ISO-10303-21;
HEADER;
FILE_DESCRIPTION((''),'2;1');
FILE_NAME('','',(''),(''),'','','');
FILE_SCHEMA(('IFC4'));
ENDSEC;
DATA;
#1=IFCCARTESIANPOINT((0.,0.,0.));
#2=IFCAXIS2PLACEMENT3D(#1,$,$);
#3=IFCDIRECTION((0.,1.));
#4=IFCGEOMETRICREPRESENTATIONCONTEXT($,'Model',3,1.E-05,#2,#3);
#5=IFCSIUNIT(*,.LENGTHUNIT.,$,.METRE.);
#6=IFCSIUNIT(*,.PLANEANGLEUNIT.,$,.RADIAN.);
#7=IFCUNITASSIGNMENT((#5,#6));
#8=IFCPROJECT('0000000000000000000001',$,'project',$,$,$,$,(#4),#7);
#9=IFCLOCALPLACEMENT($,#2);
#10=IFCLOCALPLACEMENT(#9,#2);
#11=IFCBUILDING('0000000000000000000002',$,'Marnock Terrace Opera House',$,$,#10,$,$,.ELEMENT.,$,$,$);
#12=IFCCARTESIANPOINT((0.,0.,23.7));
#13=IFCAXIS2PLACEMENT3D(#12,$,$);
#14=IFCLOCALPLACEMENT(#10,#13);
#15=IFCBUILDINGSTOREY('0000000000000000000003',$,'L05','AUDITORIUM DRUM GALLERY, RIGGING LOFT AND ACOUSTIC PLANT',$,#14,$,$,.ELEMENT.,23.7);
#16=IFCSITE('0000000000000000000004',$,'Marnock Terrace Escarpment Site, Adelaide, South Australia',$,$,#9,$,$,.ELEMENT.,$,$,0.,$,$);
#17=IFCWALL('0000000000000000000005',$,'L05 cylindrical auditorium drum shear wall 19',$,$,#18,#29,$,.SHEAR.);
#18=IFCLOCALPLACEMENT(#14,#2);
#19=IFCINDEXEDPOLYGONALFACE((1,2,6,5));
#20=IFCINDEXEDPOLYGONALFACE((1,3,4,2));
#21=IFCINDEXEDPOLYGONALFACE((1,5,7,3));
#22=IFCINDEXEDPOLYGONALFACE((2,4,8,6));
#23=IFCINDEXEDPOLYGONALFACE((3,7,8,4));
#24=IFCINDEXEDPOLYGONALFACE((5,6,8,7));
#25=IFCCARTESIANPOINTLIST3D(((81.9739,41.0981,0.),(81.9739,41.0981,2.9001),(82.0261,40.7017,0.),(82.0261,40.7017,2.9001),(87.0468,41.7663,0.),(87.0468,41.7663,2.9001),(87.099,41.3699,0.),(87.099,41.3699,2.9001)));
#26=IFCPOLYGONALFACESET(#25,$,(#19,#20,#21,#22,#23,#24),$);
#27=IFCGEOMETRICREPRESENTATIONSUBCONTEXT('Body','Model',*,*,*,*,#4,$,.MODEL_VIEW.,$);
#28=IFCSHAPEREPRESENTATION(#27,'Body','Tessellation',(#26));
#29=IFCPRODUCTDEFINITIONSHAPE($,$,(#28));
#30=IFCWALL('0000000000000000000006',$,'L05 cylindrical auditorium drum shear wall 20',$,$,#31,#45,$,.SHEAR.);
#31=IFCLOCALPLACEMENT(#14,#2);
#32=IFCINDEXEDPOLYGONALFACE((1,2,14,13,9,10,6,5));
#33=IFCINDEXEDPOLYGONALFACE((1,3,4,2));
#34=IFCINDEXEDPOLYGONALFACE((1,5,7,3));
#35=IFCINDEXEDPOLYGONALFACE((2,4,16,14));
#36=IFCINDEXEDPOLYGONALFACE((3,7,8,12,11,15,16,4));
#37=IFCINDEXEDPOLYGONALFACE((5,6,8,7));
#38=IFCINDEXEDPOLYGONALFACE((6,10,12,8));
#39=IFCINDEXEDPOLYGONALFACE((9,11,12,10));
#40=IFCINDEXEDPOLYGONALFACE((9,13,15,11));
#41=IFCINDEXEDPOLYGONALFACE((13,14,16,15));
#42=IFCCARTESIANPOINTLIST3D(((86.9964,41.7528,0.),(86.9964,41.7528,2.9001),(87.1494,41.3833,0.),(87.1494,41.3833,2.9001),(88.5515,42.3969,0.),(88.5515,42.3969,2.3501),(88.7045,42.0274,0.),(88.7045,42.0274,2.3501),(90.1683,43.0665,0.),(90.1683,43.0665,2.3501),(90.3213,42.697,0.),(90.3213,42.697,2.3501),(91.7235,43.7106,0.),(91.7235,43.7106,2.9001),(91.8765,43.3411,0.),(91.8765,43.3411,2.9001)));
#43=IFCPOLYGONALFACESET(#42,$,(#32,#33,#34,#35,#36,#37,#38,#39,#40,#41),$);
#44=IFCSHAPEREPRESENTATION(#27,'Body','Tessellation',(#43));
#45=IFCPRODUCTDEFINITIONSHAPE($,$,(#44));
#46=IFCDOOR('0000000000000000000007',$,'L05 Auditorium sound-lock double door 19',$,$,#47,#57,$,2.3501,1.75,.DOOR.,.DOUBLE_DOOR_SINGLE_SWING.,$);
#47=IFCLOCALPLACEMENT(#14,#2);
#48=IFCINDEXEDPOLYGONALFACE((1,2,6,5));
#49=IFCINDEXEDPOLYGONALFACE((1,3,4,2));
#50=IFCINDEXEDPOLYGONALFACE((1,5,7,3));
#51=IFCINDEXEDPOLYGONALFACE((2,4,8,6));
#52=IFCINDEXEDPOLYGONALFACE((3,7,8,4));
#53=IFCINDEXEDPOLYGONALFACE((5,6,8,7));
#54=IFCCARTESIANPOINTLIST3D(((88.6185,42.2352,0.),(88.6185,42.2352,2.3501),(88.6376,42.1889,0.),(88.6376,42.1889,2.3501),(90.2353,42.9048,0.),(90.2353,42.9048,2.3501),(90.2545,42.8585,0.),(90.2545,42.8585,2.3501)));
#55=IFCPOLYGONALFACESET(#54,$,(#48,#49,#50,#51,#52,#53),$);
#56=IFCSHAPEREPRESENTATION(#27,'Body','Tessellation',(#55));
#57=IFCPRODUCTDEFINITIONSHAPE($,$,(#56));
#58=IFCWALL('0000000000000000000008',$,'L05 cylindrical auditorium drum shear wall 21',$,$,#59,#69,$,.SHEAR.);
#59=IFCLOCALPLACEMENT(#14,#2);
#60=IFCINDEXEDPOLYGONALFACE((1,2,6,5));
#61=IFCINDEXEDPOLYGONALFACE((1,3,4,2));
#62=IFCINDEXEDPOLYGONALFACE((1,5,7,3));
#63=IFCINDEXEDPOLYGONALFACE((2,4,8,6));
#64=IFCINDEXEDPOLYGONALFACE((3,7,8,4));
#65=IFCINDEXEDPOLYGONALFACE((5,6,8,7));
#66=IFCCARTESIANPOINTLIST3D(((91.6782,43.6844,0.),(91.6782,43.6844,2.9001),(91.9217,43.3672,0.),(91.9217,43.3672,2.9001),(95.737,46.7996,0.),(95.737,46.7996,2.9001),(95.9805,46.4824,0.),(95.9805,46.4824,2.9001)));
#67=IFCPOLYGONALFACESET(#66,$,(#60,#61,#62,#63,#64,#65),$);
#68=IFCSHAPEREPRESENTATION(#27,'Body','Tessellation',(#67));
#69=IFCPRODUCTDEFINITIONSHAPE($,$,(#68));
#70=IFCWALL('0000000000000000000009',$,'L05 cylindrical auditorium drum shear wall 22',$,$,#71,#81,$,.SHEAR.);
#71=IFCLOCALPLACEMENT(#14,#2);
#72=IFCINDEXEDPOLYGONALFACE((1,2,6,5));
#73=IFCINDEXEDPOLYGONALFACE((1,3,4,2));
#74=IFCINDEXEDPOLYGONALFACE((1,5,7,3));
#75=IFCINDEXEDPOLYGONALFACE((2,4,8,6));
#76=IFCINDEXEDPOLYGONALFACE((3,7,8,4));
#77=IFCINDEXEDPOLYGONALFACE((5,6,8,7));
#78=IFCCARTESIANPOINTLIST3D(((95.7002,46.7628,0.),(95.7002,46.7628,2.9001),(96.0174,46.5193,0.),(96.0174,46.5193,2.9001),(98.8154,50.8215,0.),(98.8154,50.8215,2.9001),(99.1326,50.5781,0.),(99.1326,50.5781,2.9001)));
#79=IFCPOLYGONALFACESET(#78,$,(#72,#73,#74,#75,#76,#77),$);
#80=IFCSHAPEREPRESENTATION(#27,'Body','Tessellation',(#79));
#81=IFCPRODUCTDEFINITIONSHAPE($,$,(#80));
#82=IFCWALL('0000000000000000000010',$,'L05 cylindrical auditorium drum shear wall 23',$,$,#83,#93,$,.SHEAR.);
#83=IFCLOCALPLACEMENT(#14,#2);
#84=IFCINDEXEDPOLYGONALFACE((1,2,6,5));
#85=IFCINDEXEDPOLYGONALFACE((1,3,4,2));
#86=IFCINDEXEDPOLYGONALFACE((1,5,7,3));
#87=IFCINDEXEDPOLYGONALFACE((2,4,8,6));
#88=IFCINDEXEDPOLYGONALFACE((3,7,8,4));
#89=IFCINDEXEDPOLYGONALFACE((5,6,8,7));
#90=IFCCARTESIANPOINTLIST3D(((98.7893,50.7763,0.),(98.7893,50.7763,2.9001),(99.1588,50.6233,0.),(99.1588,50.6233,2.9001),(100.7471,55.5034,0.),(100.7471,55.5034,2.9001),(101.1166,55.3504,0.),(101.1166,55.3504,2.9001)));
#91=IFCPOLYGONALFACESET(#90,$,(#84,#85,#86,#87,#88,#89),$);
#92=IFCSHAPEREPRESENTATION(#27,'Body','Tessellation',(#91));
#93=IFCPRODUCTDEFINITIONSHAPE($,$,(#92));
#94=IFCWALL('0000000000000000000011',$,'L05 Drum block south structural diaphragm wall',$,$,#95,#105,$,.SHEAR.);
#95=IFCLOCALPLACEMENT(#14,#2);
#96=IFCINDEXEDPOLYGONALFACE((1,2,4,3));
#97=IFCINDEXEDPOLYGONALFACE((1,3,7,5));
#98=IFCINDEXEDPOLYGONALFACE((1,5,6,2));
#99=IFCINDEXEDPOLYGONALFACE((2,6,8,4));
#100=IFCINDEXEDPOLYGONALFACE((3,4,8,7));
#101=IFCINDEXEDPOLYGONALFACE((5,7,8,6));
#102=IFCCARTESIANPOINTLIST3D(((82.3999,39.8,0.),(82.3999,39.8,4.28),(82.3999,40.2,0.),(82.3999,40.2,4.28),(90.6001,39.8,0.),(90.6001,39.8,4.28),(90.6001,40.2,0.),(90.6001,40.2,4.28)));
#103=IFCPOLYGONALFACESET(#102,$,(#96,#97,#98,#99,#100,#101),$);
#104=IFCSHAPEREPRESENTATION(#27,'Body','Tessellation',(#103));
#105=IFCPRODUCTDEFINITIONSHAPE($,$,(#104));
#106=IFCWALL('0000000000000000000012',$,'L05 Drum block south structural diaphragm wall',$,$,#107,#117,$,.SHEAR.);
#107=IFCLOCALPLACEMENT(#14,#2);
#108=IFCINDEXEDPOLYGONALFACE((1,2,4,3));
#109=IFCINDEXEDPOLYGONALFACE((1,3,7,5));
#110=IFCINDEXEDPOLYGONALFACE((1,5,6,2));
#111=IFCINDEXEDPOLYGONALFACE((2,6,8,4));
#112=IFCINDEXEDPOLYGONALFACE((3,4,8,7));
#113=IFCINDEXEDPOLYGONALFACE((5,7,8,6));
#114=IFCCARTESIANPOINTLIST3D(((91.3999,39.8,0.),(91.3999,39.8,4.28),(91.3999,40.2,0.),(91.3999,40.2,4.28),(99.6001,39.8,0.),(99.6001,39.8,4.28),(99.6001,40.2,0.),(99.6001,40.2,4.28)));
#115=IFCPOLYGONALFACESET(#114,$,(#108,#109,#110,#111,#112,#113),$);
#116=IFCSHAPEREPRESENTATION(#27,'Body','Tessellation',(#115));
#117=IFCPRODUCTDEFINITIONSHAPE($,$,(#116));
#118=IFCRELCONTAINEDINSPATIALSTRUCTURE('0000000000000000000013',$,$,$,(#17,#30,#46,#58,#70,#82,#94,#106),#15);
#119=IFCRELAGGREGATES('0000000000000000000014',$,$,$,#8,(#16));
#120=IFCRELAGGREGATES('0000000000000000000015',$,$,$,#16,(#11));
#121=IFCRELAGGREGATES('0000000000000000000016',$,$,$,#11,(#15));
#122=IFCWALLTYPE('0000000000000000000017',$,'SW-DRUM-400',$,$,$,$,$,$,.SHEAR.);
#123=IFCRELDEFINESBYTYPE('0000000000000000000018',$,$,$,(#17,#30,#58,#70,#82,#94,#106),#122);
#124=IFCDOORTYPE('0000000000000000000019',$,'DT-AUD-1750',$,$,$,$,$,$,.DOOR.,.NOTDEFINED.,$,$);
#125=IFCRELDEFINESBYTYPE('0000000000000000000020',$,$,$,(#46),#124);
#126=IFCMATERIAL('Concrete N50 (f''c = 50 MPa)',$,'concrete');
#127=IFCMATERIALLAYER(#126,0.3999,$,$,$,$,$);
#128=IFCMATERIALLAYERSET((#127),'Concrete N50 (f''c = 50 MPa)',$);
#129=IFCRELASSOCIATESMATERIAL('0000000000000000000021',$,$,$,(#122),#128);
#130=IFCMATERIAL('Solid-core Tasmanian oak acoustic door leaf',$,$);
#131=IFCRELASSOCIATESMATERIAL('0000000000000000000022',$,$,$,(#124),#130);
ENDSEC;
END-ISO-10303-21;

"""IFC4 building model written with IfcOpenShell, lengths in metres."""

from ifc_helpers import new_model, si_unit, direction, frame, frame_2d, origin, place, context, subcontext, project, spatial, rectangle, extrude, material, layer, layer_set, type_object, element, fill, save


model = new_model("IFC4")

# Units and contexts
model_context = context("Model", 3, precision=1e-05, world=origin(), true_north=direction((0.0, 1.0)))
body_context = subcontext(model_context, "Body", "Model", "MODEL_VIEW")
ifc_project = project(units=[si_unit("LENGTHUNIT", "METRE"), si_unit("PLANEANGLEUNIT", "RADIAN")], contexts=[model_context])

# Site, building, storey
site_placement = place(None, origin())
site = spatial("IfcSite", under=ifc_project, at=site_placement, Name="Marnock Terrace Escarpment Site, Adelaide, South Australia", CompositionType="ELEMENT", RefElevation=0.0)
building_placement = place(site_placement, origin())
building = spatial("IfcBuilding", under=site, at=building_placement, Name="Marnock Terrace Opera House", CompositionType="ELEMENT")
storey_placement = place(building_placement, frame((0.0, 0.0, 23.7)))
storey = spatial("IfcBuildingStorey", under=building, at=storey_placement, Name="L05", Description="AUDITORIUM DRUM GALLERY, RIGGING LOFT AND ACOUSTIC PLANT", CompositionType="ELEMENT", Elevation=23.7)

# Shared definitions
ifc_material_1 = material(Name="Concrete N50 (f'c = 50 MPa)", Category="concrete")

# Shared definitions
ifc_material_2 = material(Name="Solid-core Tasmanian oak acoustic door leaf")

# Wall
ifc_layer_1 = layer(ifc_material_1, 0.3999)
ifc_layer_set_1 = layer_set([ifc_layer_1], Name="Concrete N50 (f'c = 50 MPa)")
wall_type_1 = type_object("IfcWallType", Name="SW-DRUM-400", PredefinedType="SHEAR", material=ifc_layer_set_1)
wall_1_placement = place(storey_placement, frame((82.0, 40.8999, 0.0), z_axis=(0.0, 0.0, 1.0), x_axis=(0.991436, 0.130592, 0.0)))
element("IfcWall", 1, at=wall_1_placement, inside=storey, type_object=wall_type_1, Name="L05 cylindrical auditorium drum shear wall 19", PredefinedType="SHEAR", context=body_context, shape_type="SweptSolid", body=[
    extrude(rectangle(XDim=5.1167, YDim=0.3999, at=frame_2d((2.5583, 0.0))), origin(), (0.0, 0.0, 1.0), 2.9001),
])

# Wall, opening, door
wall_2_placement = place(storey_placement, frame((87.073, 41.5681, 0.0), z_axis=(0.0, 0.0, 1.0), x_axis=(0.923896, 0.382643, 0.0)))
wall_2 = element("IfcWall", 2, at=wall_2_placement, inside=storey, type_object=wall_type_1, Name="L05 cylindrical auditorium drum shear wall 20", PredefinedType="SHEAR", context=body_context, shape_type="SweptSolid", body=[
    extrude(rectangle(XDim=5.1165, YDim=0.3999, at=frame_2d((2.5581, 0.0))), origin(), (0.0, 0.0, 1.0), 2.9001),
])
opening_1_placement = place(wall_2_placement, frame((1.6831, 0.0, 0.0)))
opening_1 = element("IfcOpeningElement", 3, at=opening_1_placement, cuts=wall_2, PredefinedType="OPENING", context=body_context, shape_type="SweptSolid", body=[
    extrude(rectangle(XDim=1.75, YDim=2.3501, at=frame_2d((0.875, 1.175))), frame((0.0, 0.21, 0.0), z_axis=(0.0, -1.0, 0.0), x_axis=(1.0, 0.0, 0.0)), (0.0, 0.0, 1.0), 0.4199),
])
door_type_1 = type_object("IfcDoorType", Name="DT-AUD-1750", OperationType="NOTDEFINED", PredefinedType="DOOR", material=ifc_material_2)
door_1_placement = place(opening_1_placement, origin())
door_1 = element("IfcDoor", 4, at=door_1_placement, inside=storey, type_object=door_type_1, Name="L05 Auditorium sound-lock double door 19", OperationType="DOUBLE_DOOR_SINGLE_SWING", OverallHeight=2.3501, OverallWidth=1.75, PredefinedType="DOOR", context=body_context, shape_type="SweptSolid", body=[
    extrude(rectangle(XDim=1.75, YDim=2.3501, at=frame_2d((0.875, 1.175))), frame((0.0, 0.0249, 0.0), z_axis=(0.0, -1.0, 0.0), x_axis=(1.0, 0.0, 0.0)), (0.0, 0.0, 1.0), 0.05),
])
fill(opening_1, door_1)

# Walls
for number, where, z_axis, x_axis, name in (
    (5, (91.8, 43.5259, 0.0), (0.0, 0.0, 1.0), (0.79328, 0.608857, 0.0), "L05 cylindrical auditorium drum shear wall 21"),
    (6, (95.8589, 46.6411, 0.0), (0.0, 0.0, 1.0), (0.608857, 0.79328, 0.0), "L05 cylindrical auditorium drum shear wall 22"),
    (7, (98.9741, 50.7, 0.0), (0.0, 0.0, 1.0), (0.382643, 0.923896, 0.0), "L05 cylindrical auditorium drum shear wall 23"),
):
    element("IfcWall", number, at=place(storey_placement, frame(where, z_axis=z_axis, x_axis=x_axis)), inside=storey, type_object=wall_type_1, Name=name, PredefinedType="SHEAR", context=body_context, shape_type="SweptSolid", body=[
        extrude(rectangle(XDim=5.1165, YDim=0.3999, at=frame_2d((2.5581, 0.0))), origin(), (0.0, 0.0, 1.0), 2.9001),
    ])
for number, where, z_axis, x_axis, name in (
    (8, (82.3999, 40.0, 0.0), (0.0, 0.0, 1.0), (1.0, 0.0, 0.0), "L05 Drum block south structural diaphragm wall"),
    (9, (91.3999, 40.0, 0.0), (0.0, 0.0, 1.0), (1.0, 0.0, 0.0), "L05 Drum block south structural diaphragm wall"),
):
    element("IfcWall", number, at=place(storey_placement, frame(where, z_axis=z_axis, x_axis=x_axis)), inside=storey, type_object=wall_type_1, Name=name, PredefinedType="SHEAR", context=body_context, shape_type="SweptSolid", body=[
        extrude(rectangle(XDim=8.2002, YDim=0.3999, at=frame_2d((4.1001, 0.0))), origin(), (0.0, 0.0, 1.0), 4.28),
    ])

save(model, "model.ifc")
